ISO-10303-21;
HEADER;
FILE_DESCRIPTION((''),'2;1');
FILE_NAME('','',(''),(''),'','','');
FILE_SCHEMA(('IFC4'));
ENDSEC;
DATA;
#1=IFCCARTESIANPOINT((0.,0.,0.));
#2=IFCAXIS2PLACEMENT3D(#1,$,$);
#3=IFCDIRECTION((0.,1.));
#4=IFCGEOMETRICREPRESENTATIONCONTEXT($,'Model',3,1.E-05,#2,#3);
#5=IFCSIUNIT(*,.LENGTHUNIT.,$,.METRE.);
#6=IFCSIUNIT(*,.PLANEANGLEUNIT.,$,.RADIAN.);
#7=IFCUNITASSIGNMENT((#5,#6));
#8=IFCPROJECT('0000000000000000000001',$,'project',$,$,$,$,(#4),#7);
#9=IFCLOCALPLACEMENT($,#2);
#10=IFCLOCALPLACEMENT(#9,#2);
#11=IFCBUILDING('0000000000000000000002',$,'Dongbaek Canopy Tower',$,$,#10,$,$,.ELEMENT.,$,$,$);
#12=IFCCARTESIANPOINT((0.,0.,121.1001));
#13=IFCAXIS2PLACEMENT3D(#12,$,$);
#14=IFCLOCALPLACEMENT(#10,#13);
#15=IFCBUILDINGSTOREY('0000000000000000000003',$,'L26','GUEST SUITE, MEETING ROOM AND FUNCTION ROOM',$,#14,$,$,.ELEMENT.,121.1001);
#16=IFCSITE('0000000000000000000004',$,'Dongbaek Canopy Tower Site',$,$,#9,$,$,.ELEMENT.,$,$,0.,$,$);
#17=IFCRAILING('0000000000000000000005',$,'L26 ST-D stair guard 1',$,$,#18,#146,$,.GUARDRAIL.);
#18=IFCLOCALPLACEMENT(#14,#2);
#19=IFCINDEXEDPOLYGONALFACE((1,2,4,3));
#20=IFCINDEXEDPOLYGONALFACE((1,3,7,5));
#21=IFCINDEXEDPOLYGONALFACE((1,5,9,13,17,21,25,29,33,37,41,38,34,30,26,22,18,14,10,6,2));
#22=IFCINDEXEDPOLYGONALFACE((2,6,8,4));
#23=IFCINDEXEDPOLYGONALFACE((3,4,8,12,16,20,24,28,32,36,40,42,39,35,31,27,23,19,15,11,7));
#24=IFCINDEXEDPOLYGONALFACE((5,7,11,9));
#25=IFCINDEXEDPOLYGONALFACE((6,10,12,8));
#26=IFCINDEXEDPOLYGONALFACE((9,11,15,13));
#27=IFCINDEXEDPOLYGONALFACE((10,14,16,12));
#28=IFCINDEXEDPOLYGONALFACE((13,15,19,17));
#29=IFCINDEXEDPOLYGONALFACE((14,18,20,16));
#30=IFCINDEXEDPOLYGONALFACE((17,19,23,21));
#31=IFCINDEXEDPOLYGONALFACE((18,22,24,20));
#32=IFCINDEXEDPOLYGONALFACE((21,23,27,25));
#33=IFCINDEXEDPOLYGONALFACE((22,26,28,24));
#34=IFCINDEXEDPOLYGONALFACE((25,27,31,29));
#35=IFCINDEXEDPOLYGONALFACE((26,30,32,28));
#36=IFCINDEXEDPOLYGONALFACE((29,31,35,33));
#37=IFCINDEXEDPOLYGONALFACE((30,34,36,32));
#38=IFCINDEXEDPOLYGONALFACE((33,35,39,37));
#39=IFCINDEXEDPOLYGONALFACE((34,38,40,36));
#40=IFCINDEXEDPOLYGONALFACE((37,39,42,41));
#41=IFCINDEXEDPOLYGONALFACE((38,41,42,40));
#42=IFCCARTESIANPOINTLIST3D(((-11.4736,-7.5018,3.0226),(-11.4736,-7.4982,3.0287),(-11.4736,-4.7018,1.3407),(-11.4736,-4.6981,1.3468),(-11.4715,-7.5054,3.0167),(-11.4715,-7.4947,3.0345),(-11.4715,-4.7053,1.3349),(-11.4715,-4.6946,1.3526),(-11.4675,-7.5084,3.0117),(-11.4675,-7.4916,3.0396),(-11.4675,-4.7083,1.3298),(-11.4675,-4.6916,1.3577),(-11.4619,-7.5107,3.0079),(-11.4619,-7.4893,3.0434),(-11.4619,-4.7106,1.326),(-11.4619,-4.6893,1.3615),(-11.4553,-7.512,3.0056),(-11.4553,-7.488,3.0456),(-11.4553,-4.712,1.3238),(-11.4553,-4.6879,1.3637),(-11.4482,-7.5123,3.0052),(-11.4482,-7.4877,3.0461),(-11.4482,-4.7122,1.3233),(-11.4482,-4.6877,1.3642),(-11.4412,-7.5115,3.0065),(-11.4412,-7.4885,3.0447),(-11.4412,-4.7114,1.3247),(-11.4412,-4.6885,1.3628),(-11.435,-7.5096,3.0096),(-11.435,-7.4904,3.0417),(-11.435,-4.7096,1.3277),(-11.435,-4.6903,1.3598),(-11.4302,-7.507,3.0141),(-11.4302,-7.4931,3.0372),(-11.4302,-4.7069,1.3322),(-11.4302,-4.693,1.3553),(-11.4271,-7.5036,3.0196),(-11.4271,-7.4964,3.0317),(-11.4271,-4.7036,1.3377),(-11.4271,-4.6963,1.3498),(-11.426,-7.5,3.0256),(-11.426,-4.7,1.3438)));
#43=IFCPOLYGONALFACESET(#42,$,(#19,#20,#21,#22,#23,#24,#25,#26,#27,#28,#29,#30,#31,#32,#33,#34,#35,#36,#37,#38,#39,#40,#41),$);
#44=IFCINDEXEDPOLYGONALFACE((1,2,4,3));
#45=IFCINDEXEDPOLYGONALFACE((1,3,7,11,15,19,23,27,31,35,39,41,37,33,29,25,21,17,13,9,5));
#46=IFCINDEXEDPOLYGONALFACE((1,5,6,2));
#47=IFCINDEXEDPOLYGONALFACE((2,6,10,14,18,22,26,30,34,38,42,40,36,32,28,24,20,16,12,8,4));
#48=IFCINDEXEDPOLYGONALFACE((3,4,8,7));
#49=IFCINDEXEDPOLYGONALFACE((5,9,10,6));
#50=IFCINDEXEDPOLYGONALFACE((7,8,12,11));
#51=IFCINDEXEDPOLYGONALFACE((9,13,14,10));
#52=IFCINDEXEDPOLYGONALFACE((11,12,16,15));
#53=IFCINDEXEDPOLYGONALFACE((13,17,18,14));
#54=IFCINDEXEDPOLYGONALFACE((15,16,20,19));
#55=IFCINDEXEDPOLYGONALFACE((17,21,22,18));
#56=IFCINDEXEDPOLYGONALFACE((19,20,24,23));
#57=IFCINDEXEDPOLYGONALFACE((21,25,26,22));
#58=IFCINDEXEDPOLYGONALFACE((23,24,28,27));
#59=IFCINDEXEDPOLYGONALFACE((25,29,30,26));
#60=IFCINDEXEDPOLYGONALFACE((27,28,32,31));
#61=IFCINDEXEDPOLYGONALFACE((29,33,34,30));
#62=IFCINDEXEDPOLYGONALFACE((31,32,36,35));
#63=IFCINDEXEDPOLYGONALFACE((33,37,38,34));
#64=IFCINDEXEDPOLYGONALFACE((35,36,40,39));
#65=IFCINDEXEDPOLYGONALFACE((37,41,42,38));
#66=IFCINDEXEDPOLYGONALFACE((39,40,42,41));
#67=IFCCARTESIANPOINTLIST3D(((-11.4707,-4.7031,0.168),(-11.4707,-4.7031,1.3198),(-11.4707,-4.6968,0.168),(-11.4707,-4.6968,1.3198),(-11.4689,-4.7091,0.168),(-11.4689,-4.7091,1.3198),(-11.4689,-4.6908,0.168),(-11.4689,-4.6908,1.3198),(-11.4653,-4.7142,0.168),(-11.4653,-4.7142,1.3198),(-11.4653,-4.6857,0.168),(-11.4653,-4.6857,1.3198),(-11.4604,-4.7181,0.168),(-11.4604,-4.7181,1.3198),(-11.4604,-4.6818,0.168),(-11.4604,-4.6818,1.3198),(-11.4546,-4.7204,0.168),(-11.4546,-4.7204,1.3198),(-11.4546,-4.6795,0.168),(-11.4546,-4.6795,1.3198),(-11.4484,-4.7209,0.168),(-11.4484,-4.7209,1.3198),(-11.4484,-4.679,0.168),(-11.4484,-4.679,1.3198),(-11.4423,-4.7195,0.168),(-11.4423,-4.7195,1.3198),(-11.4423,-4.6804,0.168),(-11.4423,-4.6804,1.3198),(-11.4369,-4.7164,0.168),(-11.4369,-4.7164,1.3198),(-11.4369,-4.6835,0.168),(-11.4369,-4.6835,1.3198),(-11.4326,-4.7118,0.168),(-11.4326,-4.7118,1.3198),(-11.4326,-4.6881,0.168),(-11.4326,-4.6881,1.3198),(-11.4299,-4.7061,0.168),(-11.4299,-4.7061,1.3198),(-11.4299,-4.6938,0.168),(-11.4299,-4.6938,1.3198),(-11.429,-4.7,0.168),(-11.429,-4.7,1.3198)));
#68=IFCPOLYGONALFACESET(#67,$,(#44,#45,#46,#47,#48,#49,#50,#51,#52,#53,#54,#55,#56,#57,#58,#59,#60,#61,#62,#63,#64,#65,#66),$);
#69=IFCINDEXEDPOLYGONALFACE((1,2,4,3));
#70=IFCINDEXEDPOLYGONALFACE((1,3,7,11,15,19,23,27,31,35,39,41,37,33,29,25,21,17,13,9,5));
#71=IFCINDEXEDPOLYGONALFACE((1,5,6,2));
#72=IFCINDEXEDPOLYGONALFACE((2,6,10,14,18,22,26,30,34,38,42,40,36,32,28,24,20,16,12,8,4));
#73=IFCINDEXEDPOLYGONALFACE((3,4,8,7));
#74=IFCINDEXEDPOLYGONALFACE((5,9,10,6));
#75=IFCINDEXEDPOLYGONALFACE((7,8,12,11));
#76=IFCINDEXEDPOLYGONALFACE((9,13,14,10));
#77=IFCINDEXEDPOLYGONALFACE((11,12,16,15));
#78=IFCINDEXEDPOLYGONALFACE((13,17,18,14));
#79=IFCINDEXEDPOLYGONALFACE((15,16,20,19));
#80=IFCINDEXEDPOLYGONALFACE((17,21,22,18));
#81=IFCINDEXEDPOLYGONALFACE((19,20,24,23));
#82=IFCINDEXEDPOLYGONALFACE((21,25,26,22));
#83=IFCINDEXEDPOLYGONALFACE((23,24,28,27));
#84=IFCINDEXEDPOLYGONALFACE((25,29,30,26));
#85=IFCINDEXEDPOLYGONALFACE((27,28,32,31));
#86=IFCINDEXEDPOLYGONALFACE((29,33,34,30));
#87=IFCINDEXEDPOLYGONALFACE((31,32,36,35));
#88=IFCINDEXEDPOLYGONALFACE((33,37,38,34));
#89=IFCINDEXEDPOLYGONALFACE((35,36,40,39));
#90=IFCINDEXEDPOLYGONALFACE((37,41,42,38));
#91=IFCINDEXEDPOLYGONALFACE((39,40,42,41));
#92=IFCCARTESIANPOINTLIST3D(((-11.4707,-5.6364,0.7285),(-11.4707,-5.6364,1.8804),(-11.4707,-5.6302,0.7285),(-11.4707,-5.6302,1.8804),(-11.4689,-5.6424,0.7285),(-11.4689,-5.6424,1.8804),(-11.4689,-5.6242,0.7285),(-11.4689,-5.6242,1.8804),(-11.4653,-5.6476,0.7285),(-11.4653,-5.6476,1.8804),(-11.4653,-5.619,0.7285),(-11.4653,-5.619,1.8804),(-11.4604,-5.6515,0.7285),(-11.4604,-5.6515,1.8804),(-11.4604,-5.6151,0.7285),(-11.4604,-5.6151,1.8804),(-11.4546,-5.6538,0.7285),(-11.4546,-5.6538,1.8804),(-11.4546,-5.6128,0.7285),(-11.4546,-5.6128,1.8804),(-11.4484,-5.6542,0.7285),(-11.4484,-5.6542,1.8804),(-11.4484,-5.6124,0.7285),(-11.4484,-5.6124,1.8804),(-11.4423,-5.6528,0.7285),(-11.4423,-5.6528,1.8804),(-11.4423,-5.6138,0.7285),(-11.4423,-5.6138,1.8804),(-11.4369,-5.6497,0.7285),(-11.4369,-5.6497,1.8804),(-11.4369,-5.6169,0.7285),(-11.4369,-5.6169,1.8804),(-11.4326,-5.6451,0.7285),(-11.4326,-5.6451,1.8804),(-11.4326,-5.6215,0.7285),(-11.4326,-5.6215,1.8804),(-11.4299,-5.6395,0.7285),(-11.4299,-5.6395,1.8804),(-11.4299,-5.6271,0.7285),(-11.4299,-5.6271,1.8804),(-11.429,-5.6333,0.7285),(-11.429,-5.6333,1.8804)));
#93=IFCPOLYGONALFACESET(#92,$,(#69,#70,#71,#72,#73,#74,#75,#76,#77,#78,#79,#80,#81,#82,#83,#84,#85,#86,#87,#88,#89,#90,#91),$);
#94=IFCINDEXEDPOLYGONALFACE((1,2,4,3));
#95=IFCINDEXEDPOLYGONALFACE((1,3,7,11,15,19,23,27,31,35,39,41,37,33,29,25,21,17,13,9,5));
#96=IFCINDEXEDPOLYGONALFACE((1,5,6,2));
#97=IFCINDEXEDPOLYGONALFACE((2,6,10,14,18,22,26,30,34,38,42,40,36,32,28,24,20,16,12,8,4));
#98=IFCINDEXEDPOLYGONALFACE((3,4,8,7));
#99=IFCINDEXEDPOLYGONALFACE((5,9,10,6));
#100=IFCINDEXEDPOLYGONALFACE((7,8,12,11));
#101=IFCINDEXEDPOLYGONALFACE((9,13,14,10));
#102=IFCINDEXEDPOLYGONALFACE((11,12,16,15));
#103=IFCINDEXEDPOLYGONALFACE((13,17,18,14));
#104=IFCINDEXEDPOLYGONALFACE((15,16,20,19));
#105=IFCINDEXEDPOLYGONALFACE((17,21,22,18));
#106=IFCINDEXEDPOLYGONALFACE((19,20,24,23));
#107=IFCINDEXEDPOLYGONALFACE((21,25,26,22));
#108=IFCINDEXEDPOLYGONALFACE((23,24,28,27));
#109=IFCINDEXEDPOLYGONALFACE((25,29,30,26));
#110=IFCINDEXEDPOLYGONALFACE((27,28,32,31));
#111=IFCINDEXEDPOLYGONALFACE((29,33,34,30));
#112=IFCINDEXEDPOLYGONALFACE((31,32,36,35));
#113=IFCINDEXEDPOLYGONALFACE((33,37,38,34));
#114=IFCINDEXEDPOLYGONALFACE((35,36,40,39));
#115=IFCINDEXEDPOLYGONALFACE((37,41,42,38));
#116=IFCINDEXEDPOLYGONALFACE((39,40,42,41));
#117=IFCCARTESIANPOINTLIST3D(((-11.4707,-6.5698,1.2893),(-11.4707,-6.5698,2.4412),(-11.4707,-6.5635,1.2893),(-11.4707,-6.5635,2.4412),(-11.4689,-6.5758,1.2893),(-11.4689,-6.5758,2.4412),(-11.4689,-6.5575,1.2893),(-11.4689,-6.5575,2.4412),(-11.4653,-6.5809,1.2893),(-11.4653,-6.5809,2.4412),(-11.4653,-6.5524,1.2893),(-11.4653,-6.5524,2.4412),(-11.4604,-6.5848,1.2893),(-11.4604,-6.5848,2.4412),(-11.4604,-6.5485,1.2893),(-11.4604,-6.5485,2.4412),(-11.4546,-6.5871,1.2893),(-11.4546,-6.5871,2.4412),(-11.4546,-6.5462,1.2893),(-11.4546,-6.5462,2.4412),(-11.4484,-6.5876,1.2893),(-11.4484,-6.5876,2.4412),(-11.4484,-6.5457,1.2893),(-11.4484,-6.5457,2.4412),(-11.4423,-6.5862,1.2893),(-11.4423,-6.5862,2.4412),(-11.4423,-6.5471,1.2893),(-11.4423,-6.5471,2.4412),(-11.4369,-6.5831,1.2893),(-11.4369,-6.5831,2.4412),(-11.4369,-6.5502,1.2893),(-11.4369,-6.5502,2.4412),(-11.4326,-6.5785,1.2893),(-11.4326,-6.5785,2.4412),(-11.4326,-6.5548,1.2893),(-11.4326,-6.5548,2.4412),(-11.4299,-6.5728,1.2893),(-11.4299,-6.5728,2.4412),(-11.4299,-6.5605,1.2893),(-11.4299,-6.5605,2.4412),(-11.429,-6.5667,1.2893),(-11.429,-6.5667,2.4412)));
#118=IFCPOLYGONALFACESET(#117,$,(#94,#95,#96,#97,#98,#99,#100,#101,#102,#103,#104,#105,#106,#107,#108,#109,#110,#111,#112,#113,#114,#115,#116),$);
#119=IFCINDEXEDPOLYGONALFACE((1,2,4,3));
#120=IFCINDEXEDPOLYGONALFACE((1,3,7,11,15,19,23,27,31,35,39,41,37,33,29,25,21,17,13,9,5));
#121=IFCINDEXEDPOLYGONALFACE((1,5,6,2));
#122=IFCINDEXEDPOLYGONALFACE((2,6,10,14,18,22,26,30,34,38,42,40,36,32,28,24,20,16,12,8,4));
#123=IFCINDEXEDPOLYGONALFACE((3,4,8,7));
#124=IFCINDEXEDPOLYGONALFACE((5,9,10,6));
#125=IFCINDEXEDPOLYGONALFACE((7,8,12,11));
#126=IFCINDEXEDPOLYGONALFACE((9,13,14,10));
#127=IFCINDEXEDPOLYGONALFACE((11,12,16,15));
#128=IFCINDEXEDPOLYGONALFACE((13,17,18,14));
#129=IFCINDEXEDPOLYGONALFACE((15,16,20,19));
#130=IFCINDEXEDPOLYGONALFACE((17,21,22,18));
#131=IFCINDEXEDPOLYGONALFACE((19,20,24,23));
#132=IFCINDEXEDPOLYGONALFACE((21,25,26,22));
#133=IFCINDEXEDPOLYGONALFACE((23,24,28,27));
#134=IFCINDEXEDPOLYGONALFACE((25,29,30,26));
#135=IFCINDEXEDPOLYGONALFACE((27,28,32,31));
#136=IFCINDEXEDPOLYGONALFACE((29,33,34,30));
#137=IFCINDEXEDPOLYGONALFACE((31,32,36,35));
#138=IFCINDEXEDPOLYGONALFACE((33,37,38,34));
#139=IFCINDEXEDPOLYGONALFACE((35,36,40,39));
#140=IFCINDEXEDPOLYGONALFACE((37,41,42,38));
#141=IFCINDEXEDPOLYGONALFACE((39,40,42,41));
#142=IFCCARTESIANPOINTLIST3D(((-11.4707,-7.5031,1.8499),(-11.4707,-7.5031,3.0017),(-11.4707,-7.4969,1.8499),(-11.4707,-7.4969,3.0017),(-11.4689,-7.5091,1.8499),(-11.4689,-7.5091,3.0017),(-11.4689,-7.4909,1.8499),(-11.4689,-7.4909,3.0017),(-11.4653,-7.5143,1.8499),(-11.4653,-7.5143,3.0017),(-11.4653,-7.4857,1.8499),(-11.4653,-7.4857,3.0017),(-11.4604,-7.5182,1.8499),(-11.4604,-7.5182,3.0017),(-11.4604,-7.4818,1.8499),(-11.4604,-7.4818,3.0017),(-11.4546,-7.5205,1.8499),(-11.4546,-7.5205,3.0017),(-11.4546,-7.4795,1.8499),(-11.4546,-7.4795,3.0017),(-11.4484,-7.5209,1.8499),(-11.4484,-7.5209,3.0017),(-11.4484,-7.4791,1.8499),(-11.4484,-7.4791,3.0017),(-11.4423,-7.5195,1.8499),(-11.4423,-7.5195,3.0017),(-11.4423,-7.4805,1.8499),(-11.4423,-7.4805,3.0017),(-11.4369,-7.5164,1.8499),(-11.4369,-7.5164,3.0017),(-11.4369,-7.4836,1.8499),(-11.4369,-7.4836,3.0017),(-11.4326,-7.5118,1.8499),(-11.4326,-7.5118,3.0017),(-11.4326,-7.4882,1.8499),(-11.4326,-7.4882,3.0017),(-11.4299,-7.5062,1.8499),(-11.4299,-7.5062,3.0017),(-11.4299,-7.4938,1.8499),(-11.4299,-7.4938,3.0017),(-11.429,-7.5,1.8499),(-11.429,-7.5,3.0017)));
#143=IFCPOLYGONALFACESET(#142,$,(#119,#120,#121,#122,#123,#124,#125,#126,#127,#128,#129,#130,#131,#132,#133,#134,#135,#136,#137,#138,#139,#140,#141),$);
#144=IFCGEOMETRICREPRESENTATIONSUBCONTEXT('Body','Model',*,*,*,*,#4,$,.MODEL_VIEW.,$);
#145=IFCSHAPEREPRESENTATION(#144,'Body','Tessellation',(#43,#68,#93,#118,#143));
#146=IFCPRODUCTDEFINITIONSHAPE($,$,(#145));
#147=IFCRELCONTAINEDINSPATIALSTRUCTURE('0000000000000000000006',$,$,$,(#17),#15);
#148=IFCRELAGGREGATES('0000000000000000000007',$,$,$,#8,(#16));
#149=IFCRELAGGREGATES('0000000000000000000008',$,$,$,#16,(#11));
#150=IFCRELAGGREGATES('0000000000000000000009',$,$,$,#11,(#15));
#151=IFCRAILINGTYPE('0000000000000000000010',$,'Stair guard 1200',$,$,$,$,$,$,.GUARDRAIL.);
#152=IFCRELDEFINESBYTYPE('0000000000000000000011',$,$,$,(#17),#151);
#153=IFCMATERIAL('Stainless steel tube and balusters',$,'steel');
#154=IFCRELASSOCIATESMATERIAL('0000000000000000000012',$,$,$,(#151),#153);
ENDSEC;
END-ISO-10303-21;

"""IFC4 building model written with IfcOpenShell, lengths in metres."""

from ifc_helpers import new_model, si_unit, direction, frame, origin, origin_2d, place, context, subcontext, project, spatial, circle, extrude, material, type_object, element, save


model = new_model("IFC4")

# Units and contexts
model_context = context("Model", 3, precision=1e-05, world=origin(), true_north=direction((0.0, 1.0)))
body_context = subcontext(model_context, "Body", "Model", "MODEL_VIEW")
ifc_project = project(units=[si_unit("LENGTHUNIT", "METRE"), si_unit("PLANEANGLEUNIT", "RADIAN")], contexts=[model_context])

# Site, building, storey
site_placement = place(None, origin())
site = spatial("IfcSite", under=ifc_project, at=site_placement, Name="Dongbaek Canopy Tower Site", CompositionType="ELEMENT", RefElevation=0.0)
building_placement = place(site_placement, origin())
building = spatial("IfcBuilding", under=site, at=building_placement, Name="Dongbaek Canopy Tower", CompositionType="ELEMENT")
storey_placement = place(building_placement, frame((0.0, 0.0, 121.1001)))
storey = spatial("IfcBuildingStorey", under=building, at=storey_placement, Name="L26", Description="GUEST SUITE, MEETING ROOM AND FUNCTION ROOM", CompositionType="ELEMENT", Elevation=121.1001)

# Railing
ifc_material_1 = material(Name="Stainless steel tube and balusters", Category="steel")
railing_type_1 = type_object("IfcRailingType", Name="Stair guard 1200", PredefinedType="GUARDRAIL", material=ifc_material_1)
railing_1_placement = place(storey_placement, frame((-11.45, -4.7, 0.168)))
element("IfcRailing", 1, at=railing_1_placement, inside=storey, type_object=railing_type_1, Name="L26 ST-D stair guard 1", PredefinedType="GUARDRAIL", context=body_context, shape_type="SweptSolid", body=[
    extrude(circle(Radius=0.0239, at=origin_2d()), frame((0.0, 0.0, 1.1758), z_axis=(0.0, -0.857242, 0.514913), x_axis=(1.0, 0.0, 0.0)), (0.0, 0.0, 1.0), 3.2664),
    extrude(circle(Radius=0.021, at=origin_2d()), origin(), (0.0, 0.0, 1.0), 1.1519),
    extrude(circle(Radius=0.021, at=origin_2d()), frame((0.0, -0.9333, 0.5605)), (0.0, 0.0, 1.0), 1.1519),
    extrude(circle(Radius=0.021, at=origin_2d()), frame((0.0, -1.8667, 1.1213)), (0.0, 0.0, 1.0), 1.1519),
    extrude(circle(Radius=0.021, at=origin_2d()), frame((0.0, -2.8, 1.6819)), (0.0, 0.0, 1.0), 1.1519),
])

save(model, "model.ifc")
